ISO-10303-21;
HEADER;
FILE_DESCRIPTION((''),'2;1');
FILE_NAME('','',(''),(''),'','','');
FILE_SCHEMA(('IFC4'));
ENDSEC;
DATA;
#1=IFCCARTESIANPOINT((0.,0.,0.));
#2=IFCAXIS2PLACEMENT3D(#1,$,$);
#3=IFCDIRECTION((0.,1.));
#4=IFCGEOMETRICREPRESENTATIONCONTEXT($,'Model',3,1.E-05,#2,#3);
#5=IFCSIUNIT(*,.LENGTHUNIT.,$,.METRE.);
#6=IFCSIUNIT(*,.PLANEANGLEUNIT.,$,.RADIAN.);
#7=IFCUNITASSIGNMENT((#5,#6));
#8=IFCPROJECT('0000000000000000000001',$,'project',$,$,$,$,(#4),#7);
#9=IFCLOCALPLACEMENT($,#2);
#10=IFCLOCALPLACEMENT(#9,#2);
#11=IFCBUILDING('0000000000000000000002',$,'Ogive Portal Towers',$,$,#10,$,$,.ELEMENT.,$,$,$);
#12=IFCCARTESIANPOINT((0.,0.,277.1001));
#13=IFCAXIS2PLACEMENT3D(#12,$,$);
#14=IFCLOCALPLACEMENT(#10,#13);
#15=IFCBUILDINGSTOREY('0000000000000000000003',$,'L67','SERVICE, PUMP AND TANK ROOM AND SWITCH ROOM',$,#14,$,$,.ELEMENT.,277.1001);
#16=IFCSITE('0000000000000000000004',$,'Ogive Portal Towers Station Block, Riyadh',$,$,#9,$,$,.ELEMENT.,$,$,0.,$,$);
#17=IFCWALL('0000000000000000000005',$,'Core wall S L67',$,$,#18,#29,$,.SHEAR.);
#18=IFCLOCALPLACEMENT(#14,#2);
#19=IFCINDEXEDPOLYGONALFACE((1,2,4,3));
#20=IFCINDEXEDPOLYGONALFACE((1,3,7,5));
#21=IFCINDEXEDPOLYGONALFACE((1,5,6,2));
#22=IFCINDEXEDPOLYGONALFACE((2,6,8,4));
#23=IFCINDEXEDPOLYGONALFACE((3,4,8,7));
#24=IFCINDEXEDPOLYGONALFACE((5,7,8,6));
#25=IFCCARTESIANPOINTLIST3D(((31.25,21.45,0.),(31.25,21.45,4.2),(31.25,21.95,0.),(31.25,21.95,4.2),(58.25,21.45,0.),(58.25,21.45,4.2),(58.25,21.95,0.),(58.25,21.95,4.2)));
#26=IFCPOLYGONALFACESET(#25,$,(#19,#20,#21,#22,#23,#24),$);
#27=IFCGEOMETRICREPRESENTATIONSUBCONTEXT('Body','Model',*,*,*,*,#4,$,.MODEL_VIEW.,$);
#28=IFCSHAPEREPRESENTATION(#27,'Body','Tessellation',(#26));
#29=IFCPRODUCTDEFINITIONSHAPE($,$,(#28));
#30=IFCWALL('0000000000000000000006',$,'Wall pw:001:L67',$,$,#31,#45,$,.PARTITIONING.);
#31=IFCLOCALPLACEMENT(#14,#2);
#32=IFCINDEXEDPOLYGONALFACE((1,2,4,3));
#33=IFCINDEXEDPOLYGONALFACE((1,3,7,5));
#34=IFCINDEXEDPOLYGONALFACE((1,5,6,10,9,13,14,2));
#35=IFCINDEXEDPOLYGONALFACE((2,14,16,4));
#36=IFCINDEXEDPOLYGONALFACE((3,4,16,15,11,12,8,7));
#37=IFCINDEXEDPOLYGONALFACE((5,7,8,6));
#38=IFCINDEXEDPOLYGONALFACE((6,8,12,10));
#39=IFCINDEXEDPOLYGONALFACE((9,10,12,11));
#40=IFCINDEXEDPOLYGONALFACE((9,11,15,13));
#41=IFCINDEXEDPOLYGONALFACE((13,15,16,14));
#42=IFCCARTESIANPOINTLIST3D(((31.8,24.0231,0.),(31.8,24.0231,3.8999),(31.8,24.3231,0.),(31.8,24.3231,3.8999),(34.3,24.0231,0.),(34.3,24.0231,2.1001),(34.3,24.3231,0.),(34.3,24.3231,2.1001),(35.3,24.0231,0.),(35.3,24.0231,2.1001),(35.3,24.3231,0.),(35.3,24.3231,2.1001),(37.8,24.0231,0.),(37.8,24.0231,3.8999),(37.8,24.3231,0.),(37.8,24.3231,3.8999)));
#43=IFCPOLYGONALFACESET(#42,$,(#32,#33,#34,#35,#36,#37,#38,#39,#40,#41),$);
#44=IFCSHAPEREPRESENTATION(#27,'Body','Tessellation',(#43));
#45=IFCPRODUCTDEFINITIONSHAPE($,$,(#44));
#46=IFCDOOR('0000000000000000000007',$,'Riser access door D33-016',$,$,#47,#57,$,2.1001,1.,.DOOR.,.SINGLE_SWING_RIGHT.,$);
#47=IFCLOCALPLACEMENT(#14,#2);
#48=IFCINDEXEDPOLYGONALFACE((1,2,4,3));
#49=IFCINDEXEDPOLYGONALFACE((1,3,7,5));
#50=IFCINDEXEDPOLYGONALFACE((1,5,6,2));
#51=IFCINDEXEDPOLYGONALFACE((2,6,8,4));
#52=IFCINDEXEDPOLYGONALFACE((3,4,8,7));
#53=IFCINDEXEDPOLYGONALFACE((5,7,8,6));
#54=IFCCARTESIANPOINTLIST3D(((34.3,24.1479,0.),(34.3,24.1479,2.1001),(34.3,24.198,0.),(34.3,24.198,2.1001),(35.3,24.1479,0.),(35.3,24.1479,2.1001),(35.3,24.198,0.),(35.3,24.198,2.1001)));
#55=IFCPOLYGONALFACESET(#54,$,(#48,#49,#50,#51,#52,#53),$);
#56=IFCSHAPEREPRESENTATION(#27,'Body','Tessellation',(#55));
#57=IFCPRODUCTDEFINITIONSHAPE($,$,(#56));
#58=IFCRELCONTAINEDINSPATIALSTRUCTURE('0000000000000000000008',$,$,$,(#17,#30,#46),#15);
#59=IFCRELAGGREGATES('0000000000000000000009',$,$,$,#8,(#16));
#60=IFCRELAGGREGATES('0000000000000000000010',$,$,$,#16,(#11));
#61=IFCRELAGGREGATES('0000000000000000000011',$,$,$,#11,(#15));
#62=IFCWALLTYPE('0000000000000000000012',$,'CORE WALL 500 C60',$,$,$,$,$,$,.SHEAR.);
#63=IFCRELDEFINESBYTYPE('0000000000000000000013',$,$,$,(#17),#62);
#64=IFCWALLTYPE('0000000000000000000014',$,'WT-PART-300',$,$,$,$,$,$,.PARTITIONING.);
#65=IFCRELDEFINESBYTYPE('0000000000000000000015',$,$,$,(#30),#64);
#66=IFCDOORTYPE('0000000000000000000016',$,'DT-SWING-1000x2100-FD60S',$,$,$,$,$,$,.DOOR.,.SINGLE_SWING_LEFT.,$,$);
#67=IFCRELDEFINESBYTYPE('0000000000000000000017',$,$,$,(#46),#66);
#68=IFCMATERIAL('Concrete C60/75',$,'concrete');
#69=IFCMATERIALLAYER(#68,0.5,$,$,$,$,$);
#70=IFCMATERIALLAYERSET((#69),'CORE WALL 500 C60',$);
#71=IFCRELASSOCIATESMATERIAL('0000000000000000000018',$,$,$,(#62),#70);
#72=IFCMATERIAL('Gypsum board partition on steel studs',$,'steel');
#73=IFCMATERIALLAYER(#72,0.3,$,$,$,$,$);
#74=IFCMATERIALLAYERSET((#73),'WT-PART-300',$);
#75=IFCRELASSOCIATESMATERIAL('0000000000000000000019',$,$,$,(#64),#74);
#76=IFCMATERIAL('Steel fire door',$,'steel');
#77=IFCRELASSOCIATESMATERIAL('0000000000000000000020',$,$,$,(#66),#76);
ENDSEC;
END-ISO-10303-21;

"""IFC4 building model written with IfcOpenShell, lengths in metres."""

from ifc_helpers import new_model, si_unit, direction, frame, frame_2d, origin, place, context, subcontext, project, spatial, rectangle, extrude, material, layer, layer_set, type_object, element, fill, save


model = new_model("IFC4")

# Units and contexts
model_context = context("Model", 3, precision=1e-05, world=origin(), true_north=direction((0.0, 1.0)))
body_context = subcontext(model_context, "Body", "Model", "MODEL_VIEW")
ifc_project = project(units=[si_unit("LENGTHUNIT", "METRE"), si_unit("PLANEANGLEUNIT", "RADIAN")], contexts=[model_context])

# Site, building, storey
site_placement = place(None, origin())
site = spatial("IfcSite", under=ifc_project, at=site_placement, Name="Ogive Portal Towers Station Block, Riyadh", CompositionType="ELEMENT", RefElevation=0.0)
building_placement = place(site_placement, origin())
building = spatial("IfcBuilding", under=site, at=building_placement, Name="Ogive Portal Towers", CompositionType="ELEMENT")
storey_placement = place(building_placement, frame((0.0, 0.0, 277.1001)))
storey = spatial("IfcBuildingStorey", under=building, at=storey_placement, Name="L67", Description="SERVICE, PUMP AND TANK ROOM AND SWITCH ROOM", CompositionType="ELEMENT", Elevation=277.1001)

# Wall
ifc_material_1 = material(Name="Concrete C60/75", Category="concrete")
ifc_layer_1 = layer(ifc_material_1, 0.5)
ifc_layer_set_1 = layer_set([ifc_layer_1], Name="CORE WALL 500 C60")
wall_type_1 = type_object("IfcWallType", Name="CORE WALL 500 C60", PredefinedType="SHEAR", material=ifc_layer_set_1)
wall_1_placement = place(storey_placement, frame((31.25, 21.7, 0.0), z_axis=(0.0, 0.0, 1.0), x_axis=(1.0, 0.0, 0.0)))
element("IfcWall", 1, at=wall_1_placement, inside=storey, type_object=wall_type_1, Name="Core wall S L67", PredefinedType="SHEAR", context=body_context, shape_type="SweptSolid", body=[
    extrude(rectangle(XDim=27.0, YDim=0.5, at=frame_2d((13.5, 0.0))), origin(), (0.0, 0.0, 1.0), 4.2),
])

# Wall, opening, door
ifc_material_2 = material(Name="Gypsum board partition on steel studs", Category="steel")
ifc_layer_2 = layer(ifc_material_2, 0.3)
ifc_layer_set_2 = layer_set([ifc_layer_2], Name="WT-PART-300")
wall_type_2 = type_object("IfcWallType", Name="WT-PART-300", PredefinedType="PARTITIONING", material=ifc_layer_set_2)
wall_2_placement = place(storey_placement, frame((31.8, 24.1731, 0.0), z_axis=(0.0, 0.0, 1.0), x_axis=(1.0, 0.0, 0.0)))
wall_2 = element("IfcWall", 2, at=wall_2_placement, inside=storey, type_object=wall_type_2, Name="Wall pw:001:L67", PredefinedType="PARTITIONING", context=body_context, shape_type="SweptSolid", body=[
    extrude(rectangle(XDim=6.0, YDim=0.3, at=frame_2d((3.0, 0.0))), origin(), (0.0, 0.0, 1.0), 3.8999),
])
opening_placement = place(wall_2_placement, frame((2.5, 0.0, 0.0)))
opening = element("IfcOpeningElement", 3, at=opening_placement, cuts=wall_2, PredefinedType="OPENING", context=body_context, shape_type="SweptSolid", body=[
    extrude(rectangle(XDim=1.0, YDim=2.1001, at=frame_2d((0.5, 1.05))), frame((0.0, 0.1602, 0.0), z_axis=(0.0, -1.0, 0.0), x_axis=(1.0, 0.0, 0.0)), (0.0, 0.0, 1.0), 0.3201),
])
ifc_material_3 = material(Name="Steel fire door", Category="steel")
door_type = type_object("IfcDoorType", Name="DT-SWING-1000x2100-FD60S", OperationType="SINGLE_SWING_LEFT", PredefinedType="DOOR", material=ifc_material_3)
door_placement = place(opening_placement, origin())
door = element("IfcDoor", 4, at=door_placement, inside=storey, type_object=door_type, Name="Riser access door D33-016", OperationType="SINGLE_SWING_RIGHT", OverallHeight=2.1001, OverallWidth=1.0, PredefinedType="DOOR", context=body_context, shape_type="SweptSolid", body=[
    extrude(rectangle(XDim=1.0, YDim=2.1001, at=frame_2d((0.5, 1.05))), frame((0.0, 0.0249, 0.0), z_axis=(0.0, -1.0, 0.0), x_axis=(1.0, 0.0, 0.0)), (0.0, 0.0, 1.0), 0.05),
])
fill(opening, door)

save(model, "model.ifc")
